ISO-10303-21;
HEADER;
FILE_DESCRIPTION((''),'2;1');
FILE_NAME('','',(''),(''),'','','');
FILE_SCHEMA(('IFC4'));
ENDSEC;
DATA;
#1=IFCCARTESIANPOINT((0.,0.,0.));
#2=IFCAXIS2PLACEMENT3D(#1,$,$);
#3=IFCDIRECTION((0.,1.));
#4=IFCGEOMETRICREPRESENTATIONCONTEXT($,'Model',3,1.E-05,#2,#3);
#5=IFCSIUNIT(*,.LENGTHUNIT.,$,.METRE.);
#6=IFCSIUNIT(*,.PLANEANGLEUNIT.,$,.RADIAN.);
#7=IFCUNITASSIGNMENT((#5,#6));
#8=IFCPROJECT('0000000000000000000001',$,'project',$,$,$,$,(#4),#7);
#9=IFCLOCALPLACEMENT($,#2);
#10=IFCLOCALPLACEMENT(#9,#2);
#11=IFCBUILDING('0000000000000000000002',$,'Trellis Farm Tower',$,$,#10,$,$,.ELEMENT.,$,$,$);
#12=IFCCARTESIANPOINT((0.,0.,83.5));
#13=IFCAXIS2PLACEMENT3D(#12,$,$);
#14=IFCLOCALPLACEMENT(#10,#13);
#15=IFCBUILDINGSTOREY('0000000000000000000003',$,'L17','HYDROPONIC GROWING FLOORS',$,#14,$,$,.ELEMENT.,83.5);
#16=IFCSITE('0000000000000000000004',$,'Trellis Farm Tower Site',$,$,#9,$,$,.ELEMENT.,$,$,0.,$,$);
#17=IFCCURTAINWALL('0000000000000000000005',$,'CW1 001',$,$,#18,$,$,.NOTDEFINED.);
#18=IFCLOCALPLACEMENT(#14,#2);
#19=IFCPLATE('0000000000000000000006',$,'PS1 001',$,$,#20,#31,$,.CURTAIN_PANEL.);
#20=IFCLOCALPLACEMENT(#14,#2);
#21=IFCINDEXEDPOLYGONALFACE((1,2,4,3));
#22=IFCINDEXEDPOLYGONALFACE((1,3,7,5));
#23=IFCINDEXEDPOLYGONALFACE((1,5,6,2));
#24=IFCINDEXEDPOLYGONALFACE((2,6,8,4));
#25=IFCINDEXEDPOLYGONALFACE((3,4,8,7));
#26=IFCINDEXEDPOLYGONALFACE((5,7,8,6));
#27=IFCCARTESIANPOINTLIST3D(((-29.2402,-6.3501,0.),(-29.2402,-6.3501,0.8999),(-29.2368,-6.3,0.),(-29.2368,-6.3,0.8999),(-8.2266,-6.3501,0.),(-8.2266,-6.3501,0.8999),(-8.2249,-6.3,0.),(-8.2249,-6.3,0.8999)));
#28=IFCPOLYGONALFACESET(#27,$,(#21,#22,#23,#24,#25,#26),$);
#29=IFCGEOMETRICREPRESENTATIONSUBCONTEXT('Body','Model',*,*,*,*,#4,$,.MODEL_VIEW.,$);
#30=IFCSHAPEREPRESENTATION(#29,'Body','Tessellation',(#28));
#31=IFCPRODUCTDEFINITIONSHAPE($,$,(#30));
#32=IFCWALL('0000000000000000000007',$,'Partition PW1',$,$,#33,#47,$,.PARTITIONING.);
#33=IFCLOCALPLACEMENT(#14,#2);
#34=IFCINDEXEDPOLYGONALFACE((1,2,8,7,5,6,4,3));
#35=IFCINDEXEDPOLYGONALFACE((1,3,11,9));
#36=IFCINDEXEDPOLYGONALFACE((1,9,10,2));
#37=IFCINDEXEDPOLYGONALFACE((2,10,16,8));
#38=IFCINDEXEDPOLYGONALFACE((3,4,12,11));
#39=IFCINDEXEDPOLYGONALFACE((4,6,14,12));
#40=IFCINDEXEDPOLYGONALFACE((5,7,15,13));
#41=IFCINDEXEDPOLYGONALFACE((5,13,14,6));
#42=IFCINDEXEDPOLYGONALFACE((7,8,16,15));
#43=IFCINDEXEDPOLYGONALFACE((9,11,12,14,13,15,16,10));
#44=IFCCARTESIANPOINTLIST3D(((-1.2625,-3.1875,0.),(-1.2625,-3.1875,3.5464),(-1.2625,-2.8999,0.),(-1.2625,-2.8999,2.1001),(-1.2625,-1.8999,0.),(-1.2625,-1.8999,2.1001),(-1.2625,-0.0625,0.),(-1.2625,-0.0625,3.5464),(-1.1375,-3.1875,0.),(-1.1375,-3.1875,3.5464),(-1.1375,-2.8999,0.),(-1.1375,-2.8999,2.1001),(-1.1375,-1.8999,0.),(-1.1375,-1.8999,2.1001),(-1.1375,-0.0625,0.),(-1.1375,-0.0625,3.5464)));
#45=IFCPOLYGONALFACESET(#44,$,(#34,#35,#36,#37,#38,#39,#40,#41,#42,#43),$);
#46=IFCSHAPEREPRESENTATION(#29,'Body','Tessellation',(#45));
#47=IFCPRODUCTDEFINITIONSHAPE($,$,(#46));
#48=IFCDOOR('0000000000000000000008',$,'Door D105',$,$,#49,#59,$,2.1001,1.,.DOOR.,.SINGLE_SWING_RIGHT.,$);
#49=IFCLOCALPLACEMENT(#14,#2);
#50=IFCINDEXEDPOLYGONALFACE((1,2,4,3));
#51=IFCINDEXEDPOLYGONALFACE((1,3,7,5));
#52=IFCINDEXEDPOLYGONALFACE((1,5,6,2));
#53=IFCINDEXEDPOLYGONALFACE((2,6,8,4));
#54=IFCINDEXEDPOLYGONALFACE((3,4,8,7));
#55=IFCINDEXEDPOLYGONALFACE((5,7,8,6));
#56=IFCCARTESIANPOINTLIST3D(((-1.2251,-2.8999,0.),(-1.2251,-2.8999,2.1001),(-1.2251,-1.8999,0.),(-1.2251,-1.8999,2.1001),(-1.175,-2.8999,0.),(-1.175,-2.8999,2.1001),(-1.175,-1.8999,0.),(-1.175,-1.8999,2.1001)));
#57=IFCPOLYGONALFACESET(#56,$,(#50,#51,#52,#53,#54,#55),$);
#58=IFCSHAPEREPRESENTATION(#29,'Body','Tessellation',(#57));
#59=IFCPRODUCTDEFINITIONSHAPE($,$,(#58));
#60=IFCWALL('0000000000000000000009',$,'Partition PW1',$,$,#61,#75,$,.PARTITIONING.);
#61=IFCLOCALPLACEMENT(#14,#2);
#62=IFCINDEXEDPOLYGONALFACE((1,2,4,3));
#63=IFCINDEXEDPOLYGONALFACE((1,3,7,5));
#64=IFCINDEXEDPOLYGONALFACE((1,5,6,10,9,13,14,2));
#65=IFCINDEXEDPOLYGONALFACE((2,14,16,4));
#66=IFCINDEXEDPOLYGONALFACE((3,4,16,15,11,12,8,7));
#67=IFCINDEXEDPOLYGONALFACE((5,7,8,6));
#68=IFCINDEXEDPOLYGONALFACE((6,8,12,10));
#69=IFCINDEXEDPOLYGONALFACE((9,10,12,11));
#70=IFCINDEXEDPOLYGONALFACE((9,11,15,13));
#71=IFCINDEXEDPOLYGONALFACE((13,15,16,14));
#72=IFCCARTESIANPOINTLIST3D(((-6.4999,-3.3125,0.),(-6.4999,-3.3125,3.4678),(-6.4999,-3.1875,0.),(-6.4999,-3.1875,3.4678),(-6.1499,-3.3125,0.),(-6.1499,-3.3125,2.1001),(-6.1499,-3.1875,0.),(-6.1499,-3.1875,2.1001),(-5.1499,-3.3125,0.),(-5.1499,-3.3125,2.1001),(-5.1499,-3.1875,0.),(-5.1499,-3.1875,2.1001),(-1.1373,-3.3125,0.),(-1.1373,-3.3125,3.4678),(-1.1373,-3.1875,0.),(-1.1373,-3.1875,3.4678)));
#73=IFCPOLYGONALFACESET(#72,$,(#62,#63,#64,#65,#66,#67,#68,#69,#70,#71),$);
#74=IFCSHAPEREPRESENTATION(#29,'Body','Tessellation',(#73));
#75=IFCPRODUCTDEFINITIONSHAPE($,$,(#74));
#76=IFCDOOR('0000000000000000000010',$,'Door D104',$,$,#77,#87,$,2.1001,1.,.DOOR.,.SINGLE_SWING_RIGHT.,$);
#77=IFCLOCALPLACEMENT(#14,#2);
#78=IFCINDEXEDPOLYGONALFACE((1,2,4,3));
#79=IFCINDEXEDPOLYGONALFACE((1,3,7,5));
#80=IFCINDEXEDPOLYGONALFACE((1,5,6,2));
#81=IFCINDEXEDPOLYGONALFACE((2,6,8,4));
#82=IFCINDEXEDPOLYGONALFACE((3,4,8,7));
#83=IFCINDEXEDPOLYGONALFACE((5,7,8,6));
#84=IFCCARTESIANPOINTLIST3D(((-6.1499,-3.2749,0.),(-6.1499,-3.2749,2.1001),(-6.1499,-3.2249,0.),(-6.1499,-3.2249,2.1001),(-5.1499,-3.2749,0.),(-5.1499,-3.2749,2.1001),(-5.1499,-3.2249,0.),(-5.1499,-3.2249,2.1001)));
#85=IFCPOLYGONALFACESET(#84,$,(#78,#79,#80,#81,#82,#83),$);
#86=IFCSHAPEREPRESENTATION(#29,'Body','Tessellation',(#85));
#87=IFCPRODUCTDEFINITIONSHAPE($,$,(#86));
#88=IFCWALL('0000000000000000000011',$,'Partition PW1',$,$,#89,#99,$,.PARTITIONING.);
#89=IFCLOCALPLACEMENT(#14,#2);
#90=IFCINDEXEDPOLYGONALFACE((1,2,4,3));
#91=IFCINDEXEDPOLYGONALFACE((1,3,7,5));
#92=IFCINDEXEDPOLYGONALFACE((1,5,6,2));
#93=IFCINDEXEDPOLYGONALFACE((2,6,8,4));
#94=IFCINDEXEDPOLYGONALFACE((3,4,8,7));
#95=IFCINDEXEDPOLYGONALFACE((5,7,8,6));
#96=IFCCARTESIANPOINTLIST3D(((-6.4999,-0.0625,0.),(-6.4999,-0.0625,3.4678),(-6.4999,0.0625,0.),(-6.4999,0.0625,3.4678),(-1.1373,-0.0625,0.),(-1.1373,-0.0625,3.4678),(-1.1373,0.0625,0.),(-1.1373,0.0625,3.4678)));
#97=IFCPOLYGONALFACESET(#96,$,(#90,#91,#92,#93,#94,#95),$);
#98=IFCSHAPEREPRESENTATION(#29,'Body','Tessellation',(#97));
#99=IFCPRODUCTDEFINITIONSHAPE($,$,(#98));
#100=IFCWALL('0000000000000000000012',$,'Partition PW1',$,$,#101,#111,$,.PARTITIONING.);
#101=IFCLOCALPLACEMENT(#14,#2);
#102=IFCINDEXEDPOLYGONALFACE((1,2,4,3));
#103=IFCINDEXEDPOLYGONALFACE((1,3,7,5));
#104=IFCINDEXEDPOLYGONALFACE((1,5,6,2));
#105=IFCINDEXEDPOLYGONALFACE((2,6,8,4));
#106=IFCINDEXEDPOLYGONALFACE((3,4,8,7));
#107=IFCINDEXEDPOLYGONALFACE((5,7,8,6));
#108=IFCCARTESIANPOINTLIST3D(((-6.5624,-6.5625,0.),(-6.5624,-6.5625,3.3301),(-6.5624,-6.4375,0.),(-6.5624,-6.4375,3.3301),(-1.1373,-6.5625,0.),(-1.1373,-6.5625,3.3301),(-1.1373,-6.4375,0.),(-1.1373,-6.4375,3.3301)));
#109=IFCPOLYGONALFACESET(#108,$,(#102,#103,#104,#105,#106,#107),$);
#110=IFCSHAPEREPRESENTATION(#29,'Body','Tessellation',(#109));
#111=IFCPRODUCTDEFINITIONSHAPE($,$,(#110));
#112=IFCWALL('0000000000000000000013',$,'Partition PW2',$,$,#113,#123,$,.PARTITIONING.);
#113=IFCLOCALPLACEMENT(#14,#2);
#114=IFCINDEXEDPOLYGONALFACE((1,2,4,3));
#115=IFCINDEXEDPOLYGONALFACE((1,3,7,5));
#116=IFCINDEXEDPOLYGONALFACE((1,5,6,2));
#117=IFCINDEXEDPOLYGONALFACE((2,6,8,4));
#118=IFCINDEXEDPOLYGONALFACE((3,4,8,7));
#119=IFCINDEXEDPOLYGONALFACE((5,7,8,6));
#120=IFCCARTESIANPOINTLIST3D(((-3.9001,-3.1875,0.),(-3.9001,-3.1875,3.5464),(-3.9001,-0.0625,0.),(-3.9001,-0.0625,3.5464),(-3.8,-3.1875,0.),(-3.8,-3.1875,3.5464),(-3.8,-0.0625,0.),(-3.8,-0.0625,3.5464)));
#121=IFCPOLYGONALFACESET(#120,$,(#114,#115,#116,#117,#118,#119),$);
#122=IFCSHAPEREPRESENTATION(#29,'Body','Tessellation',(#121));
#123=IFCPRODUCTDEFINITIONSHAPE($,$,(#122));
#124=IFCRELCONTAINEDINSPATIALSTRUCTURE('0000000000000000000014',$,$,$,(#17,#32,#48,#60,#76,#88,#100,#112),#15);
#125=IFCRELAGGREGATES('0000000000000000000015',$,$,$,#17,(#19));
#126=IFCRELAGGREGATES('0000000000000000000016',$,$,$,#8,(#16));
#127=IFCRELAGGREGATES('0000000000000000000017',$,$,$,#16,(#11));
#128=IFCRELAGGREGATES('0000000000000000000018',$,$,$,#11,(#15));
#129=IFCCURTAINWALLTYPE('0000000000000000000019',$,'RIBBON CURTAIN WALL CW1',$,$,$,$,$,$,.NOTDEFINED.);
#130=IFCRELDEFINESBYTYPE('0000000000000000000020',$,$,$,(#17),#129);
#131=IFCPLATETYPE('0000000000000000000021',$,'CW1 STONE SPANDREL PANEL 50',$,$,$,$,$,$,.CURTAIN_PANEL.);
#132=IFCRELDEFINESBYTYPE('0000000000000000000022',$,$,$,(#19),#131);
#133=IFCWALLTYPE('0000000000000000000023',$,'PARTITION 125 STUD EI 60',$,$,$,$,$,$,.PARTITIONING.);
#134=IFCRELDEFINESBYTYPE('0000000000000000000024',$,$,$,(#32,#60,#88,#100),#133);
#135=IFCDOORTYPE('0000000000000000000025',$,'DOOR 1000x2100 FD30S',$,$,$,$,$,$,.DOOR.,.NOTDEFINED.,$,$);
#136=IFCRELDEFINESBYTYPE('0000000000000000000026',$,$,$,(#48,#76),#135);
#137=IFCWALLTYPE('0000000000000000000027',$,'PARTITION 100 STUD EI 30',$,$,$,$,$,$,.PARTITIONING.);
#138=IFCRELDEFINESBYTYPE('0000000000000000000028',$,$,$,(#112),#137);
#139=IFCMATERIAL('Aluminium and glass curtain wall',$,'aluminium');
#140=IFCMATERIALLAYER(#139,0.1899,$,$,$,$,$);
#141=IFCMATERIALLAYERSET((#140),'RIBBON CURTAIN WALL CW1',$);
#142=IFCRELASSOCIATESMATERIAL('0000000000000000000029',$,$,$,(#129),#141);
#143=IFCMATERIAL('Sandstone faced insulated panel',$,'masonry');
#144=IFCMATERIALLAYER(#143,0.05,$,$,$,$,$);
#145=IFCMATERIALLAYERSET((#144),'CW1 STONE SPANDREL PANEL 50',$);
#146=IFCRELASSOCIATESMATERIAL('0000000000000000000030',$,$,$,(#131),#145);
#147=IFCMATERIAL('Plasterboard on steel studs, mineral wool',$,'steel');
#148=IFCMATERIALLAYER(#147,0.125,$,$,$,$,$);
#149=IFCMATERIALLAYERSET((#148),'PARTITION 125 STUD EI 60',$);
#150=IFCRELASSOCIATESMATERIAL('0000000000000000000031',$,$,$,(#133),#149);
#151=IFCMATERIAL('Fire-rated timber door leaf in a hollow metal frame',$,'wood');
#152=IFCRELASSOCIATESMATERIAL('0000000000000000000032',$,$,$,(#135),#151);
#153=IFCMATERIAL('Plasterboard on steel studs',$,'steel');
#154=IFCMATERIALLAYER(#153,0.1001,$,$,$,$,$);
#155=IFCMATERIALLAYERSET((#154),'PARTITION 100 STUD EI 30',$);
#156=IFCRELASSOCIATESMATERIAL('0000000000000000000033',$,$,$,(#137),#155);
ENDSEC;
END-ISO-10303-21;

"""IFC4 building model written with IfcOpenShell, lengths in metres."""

from ifc_helpers import new_model, si_unit, direction, frame, frame_2d, origin, place, context, subcontext, project, spatial, polyline, rectangle, outline, extrude, source, transform, mapped, material, layer, layer_set, type_object, element, fill, aggregate, save


model = new_model("IFC4")

# Units and contexts
model_context = context("Model", 3, precision=1e-05, world=origin(), true_north=direction((0.0, 1.0)))
body_context = subcontext(model_context, "Body", "Model", "MODEL_VIEW")
ifc_project = project(units=[si_unit("LENGTHUNIT", "METRE"), si_unit("PLANEANGLEUNIT", "RADIAN")], contexts=[model_context])

# Site, building, storey
site_placement = place(None, origin())
site = spatial("IfcSite", under=ifc_project, at=site_placement, Name="Trellis Farm Tower Site", CompositionType="ELEMENT", RefElevation=0.0)
building_placement = place(site_placement, origin())
building = spatial("IfcBuilding", under=site, at=building_placement, Name="Trellis Farm Tower", CompositionType="ELEMENT")
storey_placement = place(building_placement, frame((0.0, 0.0, 83.5)))
storey = spatial("IfcBuildingStorey", under=building, at=storey_placement, Name="L17", Description="HYDROPONIC GROWING FLOORS", CompositionType="ELEMENT", Elevation=83.5)

# Shared definitions
placement_1 = place(storey_placement, origin())

# Curtain wall, plate
ifc_material_1 = material(Name="Aluminium and glass curtain wall", Category="aluminium")
ifc_layer_1 = layer(ifc_material_1, 0.1899)
ifc_layer_set_1 = layer_set([ifc_layer_1], Name="RIBBON CURTAIN WALL CW1")
curtain_wall_type = type_object("IfcCurtainWallType", Name="RIBBON CURTAIN WALL CW1", PredefinedType="NOTDEFINED", material=ifc_layer_set_1)
curtain_wall = element("IfcCurtainWall", 1, at=placement_1, inside=storey, type_object=curtain_wall_type, Name="CW1 001", PredefinedType="NOTDEFINED")
ifc_material_2 = material(Name="Sandstone faced insulated panel", Category="masonry")
ifc_layer_2 = layer(ifc_material_2, 0.05)
ifc_layer_set_2 = layer_set([ifc_layer_2], Name="CW1 STONE SPANDREL PANEL 50")
plate_type_1 = type_object("IfcPlateType", Name="CW1 STONE SPANDREL PANEL 50", PredefinedType="CURTAIN_PANEL", material=ifc_layer_set_2)
shared_shape_1 = source(origin(), body_context, "Body", "SweptSolid", [
    extrude(outline(polyline([(-29.2402, -6.3501), (-8.2266, -6.3501), (-8.2249, -6.3), (-29.2368, -6.3), (-29.2402, -6.3501)])), origin(), (0.0, 0.0, 1.0), 0.8999),
])
plate_1 = element("IfcPlate", 2, at=placement_1, type_object=plate_type_1, Name="PS1 001", PredefinedType="CURTAIN_PANEL", context=body_context, shape_type="MappedRepresentation", body=[
    mapped(shared_shape_1, transform((0.0, 0.0, 0.0))),
])
aggregate(curtain_wall, [plate_1])

# Walls, openings, doors
ifc_material_3 = material(Name="Plasterboard on steel studs, mineral wool", Category="steel")
ifc_layer_3 = layer(ifc_material_3, 0.125)
ifc_layer_set_3 = layer_set([ifc_layer_3], Name="PARTITION 125 STUD EI 60")
wall_type_1 = type_object("IfcWallType", Name="PARTITION 125 STUD EI 60", PredefinedType="PARTITIONING", material=ifc_layer_set_3)
shared_shape_2 = source(origin(), body_context, "Body", "SweptSolid", [
    extrude(rectangle(XDim=3.125, YDim=0.125, at=frame_2d((1.5625, 0.0))), origin(), (0.0, 0.0, 1.0), 3.5464),
])
wall_1_placement = place(storey_placement, frame((-1.2, -0.0625, 0.0), z_axis=(0.0, 0.0, 1.0), x_axis=(0.0, -1.0, 0.0)))
wall_1 = element("IfcWall", 3, at=wall_1_placement, inside=storey, type_object=wall_type_1, Name="Partition PW1", PredefinedType="PARTITIONING", context=body_context, shape_type="MappedRepresentation", body=[
    mapped(shared_shape_2, transform((0.0, 0.0, 0.0))),
])
shared_shape_3 = source(origin(), body_context, "Body", "SweptSolid", [
    extrude(rectangle(XDim=1.0, YDim=2.1001, at=frame_2d((0.5, 1.05))), frame((0.0, 0.0725, 0.0), z_axis=(0.0, -1.0, 0.0), x_axis=(1.0, 0.0, 0.0)), (0.0, 0.0, 1.0), 0.145),
])
opening_1_placement = place(wall_1_placement, frame((1.8374, 0.0, 0.0)))
opening_1 = element("IfcOpeningElement", 4, at=opening_1_placement, cuts=wall_1, PredefinedType="OPENING", context=body_context, shape_type="MappedRepresentation", body=[
    mapped(shared_shape_3, transform((0.0, 0.0, 0.0))),
])
ifc_material_4 = material(Name="Fire-rated timber door leaf in a hollow metal frame", Category="wood")
door_type = type_object("IfcDoorType", Name="DOOR 1000x2100 FD30S", OperationType="NOTDEFINED", PredefinedType="DOOR", material=ifc_material_4)
shared_shape_4 = source(origin(), body_context, "Body", "SweptSolid", [
    extrude(rectangle(XDim=1.0, YDim=2.1001, at=frame_2d((0.5, 1.05))), frame((0.0, 0.0249, 0.0), z_axis=(0.0, -1.0, 0.0), x_axis=(1.0, 0.0, 0.0)), (0.0, 0.0, 1.0), 0.05),
])
door_1_placement = place(opening_1_placement, origin())
door_1 = element("IfcDoor", 5, at=door_1_placement, inside=storey, type_object=door_type, Name="Door D105", OperationType="SINGLE_SWING_RIGHT", OverallHeight=2.1001, OverallWidth=1.0, PredefinedType="DOOR", context=body_context, shape_type="MappedRepresentation", body=[
    mapped(shared_shape_4, transform((0.0, 0.0, 0.0))),
])
fill(opening_1, door_1)
shared_shape_5 = source(origin(), body_context, "Body", "SweptSolid", [
    extrude(rectangle(XDim=5.3625, YDim=0.125, at=frame_2d((2.6812, 0.0))), origin(), (0.0, 0.0, 1.0), 3.4678),
])
wall_2_placement = place(storey_placement, frame((-1.1375, -3.25, 0.0), z_axis=(0.0, 0.0, 1.0), x_axis=(-1.0, 0.0, 0.0)))
wall_2 = element("IfcWall", 6, at=wall_2_placement, inside=storey, type_object=wall_type_1, Name="Partition PW1", PredefinedType="PARTITIONING", context=body_context, shape_type="MappedRepresentation", body=[
    mapped(shared_shape_5, transform((0.0, 0.0, 0.0))),
])
opening_2_placement = place(wall_2_placement, frame((4.0125, 0.0, 0.0)))
opening_2 = element("IfcOpeningElement", 7, at=opening_2_placement, cuts=wall_2, PredefinedType="OPENING", context=body_context, shape_type="MappedRepresentation", body=[
    mapped(shared_shape_3, transform((0.0, 0.0, 0.0))),
])
door_2_placement = place(opening_2_placement, origin())
door_2 = element("IfcDoor", 8, at=door_2_placement, inside=storey, type_object=door_type, Name="Door D104", OperationType="SINGLE_SWING_RIGHT", OverallHeight=2.1001, OverallWidth=1.0, PredefinedType="DOOR", context=body_context, shape_type="MappedRepresentation", body=[
    mapped(shared_shape_4, transform((0.0, 0.0, 0.0))),
])
fill(opening_2, door_2)

# Walls
wall_3_placement = place(storey_placement, frame((-1.1375, 0.0, 0.0), z_axis=(0.0, 0.0, 1.0), x_axis=(-1.0, 0.0, 0.0)))
element("IfcWall", 9, at=wall_3_placement, inside=storey, type_object=wall_type_1, Name="Partition PW1", PredefinedType="PARTITIONING", context=body_context, shape_type="MappedRepresentation", body=[
    mapped(shared_shape_5, transform((0.0, 0.0, 0.0))),
])
shared_shape_6 = source(origin(), body_context, "Body", "SweptSolid", [
    extrude(rectangle(XDim=5.425, YDim=0.125, at=frame_2d((2.7124, 0.0))), origin(), (0.0, 0.0, 1.0), 3.3301),
])
wall_4_placement = place(storey_placement, frame((-1.1375, -6.5, 0.0), z_axis=(0.0, 0.0, 1.0), x_axis=(-1.0, 0.0, 0.0)))
element("IfcWall", 10, at=wall_4_placement, inside=storey, type_object=wall_type_1, Name="Partition PW1", PredefinedType="PARTITIONING", context=body_context, shape_type="MappedRepresentation", body=[
    mapped(shared_shape_6, transform((0.0, 0.0, 0.0))),
])
ifc_material_5 = material(Name="Plasterboard on steel studs", Category="steel")
ifc_layer_4 = layer(ifc_material_5, 0.1001)
ifc_layer_set_4 = layer_set([ifc_layer_4], Name="PARTITION 100 STUD EI 30")
wall_type_2 = type_object("IfcWallType", Name="PARTITION 100 STUD EI 30", PredefinedType="PARTITIONING", material=ifc_layer_set_4)
shared_shape_7 = source(origin(), body_context, "Body", "SweptSolid", [
    extrude(rectangle(XDim=3.125, YDim=0.1001, at=frame_2d((1.5625, 0.0))), origin(), (0.0, 0.0, 1.0), 3.5464),
])
wall_5_placement = place(storey_placement, frame((-3.8501, -3.1875, 0.0), z_axis=(0.0, 0.0, 1.0), x_axis=(0.0, 1.0, 0.0)))
element("IfcWall", 11, at=wall_5_placement, inside=storey, type_object=wall_type_2, Name="Partition PW2", PredefinedType="PARTITIONING", context=body_context, shape_type="MappedRepresentation", body=[
    mapped(shared_shape_7, transform((0.0, 0.0, 0.0))),
])

save(model, "model.ifc")
